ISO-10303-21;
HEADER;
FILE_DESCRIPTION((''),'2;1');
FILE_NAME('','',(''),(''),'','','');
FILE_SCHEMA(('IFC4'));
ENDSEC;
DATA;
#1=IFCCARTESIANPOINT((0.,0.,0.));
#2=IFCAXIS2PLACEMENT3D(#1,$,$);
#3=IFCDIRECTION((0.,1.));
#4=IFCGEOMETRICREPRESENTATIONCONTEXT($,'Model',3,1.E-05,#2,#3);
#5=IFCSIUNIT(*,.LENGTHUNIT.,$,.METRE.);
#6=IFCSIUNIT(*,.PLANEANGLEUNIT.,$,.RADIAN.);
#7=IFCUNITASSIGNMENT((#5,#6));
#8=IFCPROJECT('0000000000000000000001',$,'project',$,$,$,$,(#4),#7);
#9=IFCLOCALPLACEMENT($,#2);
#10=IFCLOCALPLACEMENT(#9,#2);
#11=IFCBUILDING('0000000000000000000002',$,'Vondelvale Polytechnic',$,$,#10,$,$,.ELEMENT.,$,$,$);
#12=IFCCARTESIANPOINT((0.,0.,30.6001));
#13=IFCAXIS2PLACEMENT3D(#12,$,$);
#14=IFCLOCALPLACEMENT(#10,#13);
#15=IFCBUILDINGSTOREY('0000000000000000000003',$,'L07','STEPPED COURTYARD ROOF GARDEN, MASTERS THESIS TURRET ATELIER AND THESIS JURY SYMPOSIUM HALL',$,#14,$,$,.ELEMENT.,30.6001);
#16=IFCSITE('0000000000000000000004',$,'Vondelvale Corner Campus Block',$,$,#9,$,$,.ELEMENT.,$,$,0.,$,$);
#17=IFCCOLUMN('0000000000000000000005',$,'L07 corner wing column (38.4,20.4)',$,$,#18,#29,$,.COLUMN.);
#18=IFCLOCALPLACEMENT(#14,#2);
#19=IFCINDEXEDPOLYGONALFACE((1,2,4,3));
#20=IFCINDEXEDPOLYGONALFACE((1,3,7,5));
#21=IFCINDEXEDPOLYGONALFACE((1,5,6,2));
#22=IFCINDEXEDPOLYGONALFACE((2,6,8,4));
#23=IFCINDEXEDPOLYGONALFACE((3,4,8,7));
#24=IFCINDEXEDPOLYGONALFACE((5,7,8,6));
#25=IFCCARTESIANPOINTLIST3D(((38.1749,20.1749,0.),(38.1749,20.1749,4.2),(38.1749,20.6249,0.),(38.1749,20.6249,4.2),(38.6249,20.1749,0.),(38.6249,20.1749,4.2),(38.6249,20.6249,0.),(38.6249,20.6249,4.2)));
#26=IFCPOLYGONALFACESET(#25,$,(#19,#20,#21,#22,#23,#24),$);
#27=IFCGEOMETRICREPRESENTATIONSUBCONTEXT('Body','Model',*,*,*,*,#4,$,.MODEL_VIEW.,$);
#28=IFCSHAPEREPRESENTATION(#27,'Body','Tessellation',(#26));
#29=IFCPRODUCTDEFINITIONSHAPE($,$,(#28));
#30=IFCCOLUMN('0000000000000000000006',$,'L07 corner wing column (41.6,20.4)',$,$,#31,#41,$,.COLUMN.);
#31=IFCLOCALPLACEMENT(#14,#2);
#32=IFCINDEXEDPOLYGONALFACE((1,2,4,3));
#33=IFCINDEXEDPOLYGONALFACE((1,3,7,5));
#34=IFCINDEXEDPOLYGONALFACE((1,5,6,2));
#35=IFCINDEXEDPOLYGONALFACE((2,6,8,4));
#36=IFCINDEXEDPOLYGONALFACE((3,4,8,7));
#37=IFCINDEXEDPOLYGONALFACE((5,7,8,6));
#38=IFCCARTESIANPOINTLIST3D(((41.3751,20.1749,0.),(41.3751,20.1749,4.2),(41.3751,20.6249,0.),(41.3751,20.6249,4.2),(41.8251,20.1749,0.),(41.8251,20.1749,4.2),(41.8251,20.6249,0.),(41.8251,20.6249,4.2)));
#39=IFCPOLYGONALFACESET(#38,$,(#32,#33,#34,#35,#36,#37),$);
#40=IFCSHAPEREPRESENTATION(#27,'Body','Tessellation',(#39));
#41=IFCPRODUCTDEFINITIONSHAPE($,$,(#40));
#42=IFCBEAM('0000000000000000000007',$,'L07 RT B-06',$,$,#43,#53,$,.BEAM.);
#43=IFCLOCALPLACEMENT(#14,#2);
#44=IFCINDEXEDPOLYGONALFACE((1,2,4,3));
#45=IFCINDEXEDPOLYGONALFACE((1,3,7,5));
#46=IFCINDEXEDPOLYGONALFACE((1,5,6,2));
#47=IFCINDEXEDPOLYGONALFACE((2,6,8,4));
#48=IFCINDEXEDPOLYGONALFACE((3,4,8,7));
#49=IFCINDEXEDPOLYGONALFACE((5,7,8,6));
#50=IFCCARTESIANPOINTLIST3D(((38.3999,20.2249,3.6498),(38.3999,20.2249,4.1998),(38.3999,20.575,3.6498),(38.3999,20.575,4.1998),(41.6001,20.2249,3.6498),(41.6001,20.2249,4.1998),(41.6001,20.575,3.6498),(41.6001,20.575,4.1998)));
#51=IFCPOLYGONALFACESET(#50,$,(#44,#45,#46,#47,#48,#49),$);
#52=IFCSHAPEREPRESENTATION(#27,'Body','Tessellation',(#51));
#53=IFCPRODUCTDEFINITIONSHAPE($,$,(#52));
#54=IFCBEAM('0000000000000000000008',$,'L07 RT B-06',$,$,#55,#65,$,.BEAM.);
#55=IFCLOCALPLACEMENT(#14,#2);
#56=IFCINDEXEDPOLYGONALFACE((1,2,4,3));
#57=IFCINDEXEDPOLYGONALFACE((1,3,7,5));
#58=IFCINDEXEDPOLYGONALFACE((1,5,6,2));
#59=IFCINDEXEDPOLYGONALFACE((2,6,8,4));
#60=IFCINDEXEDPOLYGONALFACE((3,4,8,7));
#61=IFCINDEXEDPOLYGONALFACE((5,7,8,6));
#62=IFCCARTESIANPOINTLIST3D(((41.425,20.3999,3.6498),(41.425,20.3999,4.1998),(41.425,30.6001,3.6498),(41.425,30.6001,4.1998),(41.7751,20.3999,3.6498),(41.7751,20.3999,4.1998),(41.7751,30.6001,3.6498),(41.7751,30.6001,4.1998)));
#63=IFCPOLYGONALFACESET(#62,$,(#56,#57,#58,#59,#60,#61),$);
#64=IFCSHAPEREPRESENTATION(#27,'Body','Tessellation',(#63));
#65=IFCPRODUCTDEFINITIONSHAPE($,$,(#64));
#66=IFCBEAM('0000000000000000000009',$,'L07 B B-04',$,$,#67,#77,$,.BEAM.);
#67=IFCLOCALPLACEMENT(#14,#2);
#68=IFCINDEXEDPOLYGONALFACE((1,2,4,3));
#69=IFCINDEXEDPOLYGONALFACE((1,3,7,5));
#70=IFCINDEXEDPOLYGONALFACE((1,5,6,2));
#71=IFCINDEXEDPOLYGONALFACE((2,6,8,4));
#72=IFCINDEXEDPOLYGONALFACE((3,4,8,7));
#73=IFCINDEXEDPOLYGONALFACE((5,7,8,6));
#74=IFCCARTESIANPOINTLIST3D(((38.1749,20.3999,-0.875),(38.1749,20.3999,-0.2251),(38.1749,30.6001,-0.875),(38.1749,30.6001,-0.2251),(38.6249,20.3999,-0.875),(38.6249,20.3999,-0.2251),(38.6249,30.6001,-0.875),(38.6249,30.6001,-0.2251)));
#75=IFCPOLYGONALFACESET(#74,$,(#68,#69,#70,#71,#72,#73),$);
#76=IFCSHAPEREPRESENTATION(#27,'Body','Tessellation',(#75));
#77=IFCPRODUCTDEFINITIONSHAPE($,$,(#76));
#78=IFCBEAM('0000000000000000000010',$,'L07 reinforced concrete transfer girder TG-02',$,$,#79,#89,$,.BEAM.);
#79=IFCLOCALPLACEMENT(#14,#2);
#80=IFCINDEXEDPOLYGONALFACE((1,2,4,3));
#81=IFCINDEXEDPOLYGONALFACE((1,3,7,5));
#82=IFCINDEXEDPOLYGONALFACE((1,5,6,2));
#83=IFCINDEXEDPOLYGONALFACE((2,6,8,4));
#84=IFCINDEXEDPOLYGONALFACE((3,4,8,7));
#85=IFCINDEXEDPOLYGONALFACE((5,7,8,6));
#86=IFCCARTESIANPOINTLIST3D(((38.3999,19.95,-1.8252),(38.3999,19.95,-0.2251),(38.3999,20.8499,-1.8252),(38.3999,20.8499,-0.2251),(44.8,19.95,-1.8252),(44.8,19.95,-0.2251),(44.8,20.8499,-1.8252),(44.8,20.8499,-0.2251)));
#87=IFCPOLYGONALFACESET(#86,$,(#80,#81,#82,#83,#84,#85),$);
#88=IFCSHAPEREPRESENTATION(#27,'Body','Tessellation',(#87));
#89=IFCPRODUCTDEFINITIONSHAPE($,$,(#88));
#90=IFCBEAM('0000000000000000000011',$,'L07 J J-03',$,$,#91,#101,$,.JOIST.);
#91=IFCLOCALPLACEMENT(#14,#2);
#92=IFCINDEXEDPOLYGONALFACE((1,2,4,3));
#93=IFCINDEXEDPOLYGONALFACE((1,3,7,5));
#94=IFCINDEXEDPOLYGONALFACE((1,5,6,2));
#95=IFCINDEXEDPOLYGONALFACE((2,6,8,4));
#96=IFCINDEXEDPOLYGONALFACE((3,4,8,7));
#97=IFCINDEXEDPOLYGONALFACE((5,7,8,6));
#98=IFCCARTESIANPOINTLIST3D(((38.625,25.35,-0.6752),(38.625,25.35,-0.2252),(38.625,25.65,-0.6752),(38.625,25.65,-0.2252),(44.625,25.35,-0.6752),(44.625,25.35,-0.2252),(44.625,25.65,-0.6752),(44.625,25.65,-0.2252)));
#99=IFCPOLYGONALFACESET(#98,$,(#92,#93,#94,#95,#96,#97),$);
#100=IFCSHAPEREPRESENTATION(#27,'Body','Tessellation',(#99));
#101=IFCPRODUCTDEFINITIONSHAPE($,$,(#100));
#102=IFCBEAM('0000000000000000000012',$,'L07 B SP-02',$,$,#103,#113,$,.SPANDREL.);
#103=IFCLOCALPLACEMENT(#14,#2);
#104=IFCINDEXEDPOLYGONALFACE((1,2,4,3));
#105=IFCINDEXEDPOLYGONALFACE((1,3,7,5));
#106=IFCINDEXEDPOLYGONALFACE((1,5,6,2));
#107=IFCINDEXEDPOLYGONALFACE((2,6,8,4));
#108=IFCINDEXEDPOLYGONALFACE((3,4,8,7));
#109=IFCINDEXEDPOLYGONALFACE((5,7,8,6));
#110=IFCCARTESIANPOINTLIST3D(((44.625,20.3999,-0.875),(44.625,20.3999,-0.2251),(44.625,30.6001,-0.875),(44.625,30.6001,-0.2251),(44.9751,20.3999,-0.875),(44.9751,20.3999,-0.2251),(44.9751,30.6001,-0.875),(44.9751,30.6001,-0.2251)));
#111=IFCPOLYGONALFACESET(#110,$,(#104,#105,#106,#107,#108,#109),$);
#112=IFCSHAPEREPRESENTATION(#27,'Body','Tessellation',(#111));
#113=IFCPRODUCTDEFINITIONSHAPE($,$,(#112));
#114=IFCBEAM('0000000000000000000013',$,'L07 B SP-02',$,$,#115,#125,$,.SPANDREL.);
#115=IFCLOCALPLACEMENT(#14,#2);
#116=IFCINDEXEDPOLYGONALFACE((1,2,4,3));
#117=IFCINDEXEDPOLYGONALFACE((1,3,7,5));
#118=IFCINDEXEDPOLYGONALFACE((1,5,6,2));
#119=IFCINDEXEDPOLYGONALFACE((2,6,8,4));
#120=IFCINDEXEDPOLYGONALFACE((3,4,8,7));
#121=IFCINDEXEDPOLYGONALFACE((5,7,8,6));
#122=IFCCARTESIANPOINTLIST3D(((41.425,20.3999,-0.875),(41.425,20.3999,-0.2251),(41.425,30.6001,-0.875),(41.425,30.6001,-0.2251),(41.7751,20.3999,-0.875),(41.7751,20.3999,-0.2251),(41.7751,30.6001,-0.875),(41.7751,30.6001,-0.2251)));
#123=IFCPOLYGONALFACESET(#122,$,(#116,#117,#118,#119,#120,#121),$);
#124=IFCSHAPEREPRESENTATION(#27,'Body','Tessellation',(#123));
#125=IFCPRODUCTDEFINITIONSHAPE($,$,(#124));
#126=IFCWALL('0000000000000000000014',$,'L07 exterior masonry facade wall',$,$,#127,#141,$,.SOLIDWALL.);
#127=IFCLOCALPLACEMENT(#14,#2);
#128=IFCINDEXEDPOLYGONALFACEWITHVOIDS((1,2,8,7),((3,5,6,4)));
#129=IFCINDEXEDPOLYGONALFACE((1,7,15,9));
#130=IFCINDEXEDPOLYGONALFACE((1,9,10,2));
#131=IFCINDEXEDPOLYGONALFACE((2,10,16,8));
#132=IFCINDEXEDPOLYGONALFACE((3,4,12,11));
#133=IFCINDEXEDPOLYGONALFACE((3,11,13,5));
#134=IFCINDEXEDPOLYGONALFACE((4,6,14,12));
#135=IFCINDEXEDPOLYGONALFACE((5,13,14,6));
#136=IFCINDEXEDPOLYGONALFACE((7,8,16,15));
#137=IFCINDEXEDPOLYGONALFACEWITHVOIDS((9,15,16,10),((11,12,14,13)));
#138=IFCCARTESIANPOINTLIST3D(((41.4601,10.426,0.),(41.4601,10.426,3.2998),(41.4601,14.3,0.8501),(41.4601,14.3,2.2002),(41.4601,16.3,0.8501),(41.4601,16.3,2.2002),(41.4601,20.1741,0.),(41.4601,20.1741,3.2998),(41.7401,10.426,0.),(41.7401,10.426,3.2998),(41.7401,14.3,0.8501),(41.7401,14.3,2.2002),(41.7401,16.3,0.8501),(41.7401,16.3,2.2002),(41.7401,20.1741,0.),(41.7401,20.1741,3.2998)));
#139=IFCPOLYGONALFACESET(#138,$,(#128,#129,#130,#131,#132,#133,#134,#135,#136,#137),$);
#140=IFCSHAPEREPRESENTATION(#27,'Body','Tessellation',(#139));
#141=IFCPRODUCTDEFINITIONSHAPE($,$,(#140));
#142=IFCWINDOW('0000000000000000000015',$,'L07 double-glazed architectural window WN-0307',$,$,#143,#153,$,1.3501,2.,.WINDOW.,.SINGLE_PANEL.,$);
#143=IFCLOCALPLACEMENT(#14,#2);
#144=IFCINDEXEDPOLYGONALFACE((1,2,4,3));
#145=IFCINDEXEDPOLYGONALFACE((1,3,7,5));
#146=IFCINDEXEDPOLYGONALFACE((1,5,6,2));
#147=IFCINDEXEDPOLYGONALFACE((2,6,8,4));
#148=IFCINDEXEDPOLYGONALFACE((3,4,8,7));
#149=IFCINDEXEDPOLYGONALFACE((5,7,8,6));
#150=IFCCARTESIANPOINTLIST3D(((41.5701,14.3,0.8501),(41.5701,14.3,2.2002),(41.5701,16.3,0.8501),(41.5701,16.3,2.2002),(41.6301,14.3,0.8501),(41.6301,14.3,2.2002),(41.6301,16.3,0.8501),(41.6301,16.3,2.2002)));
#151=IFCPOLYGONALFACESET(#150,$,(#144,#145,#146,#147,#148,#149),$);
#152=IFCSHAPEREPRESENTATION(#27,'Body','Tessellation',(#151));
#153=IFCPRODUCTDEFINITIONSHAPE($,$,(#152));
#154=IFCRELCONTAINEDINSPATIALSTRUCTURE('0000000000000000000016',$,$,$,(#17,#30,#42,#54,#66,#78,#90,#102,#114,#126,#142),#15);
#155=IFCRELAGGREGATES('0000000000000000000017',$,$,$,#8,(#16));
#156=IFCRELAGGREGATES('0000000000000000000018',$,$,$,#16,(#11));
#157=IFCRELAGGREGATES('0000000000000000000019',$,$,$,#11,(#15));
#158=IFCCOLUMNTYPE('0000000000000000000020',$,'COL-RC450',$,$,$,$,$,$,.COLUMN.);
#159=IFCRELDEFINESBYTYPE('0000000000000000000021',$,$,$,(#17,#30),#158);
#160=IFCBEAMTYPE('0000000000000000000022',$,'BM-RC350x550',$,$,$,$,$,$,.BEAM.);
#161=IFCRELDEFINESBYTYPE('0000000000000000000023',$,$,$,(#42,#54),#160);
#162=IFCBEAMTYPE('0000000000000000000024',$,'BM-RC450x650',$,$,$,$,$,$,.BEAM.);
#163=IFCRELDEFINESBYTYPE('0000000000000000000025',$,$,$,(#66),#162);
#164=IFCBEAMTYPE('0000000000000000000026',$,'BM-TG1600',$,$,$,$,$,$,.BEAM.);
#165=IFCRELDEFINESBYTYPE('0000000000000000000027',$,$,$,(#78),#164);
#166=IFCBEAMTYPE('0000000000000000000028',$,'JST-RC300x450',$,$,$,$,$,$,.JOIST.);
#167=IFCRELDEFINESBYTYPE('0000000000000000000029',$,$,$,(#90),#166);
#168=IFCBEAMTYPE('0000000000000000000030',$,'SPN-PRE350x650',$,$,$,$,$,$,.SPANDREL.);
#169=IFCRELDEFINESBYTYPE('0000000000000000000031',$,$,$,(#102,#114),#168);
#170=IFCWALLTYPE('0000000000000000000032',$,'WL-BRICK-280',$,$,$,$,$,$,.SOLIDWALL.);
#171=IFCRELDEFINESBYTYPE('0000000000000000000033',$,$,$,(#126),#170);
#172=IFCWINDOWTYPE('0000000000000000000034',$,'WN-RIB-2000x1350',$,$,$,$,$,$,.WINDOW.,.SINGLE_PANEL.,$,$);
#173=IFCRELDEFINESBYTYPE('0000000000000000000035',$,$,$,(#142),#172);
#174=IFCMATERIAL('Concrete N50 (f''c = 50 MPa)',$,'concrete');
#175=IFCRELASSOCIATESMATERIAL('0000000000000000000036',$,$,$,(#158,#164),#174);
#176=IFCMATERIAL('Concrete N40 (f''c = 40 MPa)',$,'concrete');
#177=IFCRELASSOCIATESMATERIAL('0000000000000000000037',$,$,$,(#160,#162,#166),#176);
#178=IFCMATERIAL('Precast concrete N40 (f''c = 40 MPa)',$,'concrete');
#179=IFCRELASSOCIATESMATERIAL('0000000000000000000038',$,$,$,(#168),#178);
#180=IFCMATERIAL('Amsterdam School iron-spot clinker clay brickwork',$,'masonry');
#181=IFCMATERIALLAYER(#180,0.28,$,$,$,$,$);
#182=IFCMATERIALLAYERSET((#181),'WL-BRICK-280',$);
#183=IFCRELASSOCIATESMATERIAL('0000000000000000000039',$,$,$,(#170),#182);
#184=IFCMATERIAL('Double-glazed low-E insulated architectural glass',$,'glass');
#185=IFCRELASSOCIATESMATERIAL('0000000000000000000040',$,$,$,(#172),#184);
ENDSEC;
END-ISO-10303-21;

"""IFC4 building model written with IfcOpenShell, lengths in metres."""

from ifc_helpers import new_model, si_unit, direction, frame, frame_2d, origin, origin_2d, place, context, subcontext, project, spatial, rectangle, extrude, material, layer, layer_set, material_profile, profile_set, type_object, element, fill, save


model = new_model("IFC4")

# Units and contexts
model_context = context("Model", 3, precision=1e-05, world=origin(), true_north=direction((0.0, 1.0)))
body_context = subcontext(model_context, "Body", "Model", "MODEL_VIEW")
ifc_project = project(units=[si_unit("LENGTHUNIT", "METRE"), si_unit("PLANEANGLEUNIT", "RADIAN")], contexts=[model_context])

# Site, building, storey
site_placement = place(None, origin())
site = spatial("IfcSite", under=ifc_project, at=site_placement, Name="Vondelvale Corner Campus Block", CompositionType="ELEMENT", RefElevation=0.0)
building_placement = place(site_placement, origin())
building = spatial("IfcBuilding", under=site, at=building_placement, Name="Vondelvale Polytechnic", CompositionType="ELEMENT")
storey_placement = place(building_placement, frame((0.0, 0.0, 30.6001)))
storey = spatial("IfcBuildingStorey", under=building, at=storey_placement, Name="L07", Description="STEPPED COURTYARD ROOF GARDEN, MASTERS THESIS TURRET ATELIER AND THESIS JURY SYMPOSIUM HALL", CompositionType="ELEMENT", Elevation=30.6001)

# Columns
ifc_material_1 = material(Name="Concrete N50 (f'c = 50 MPa)", Category="concrete")
ifc_material_profile_1 = material_profile(ifc_material_1, rectangle(XDim=0.45, YDim=0.45, at=origin_2d()), Name="RC-COL-450x450")
ifc_profile_set_1 = profile_set([ifc_material_profile_1], Name="Concrete N50 (f'c = 50 MPa)")
column_type = type_object("IfcColumnType", Name="COL-RC450", PredefinedType="COLUMN", material=ifc_profile_set_1)
for number, where, z_axis, x_axis, name in (
    (1, (38.3999, 20.3999, 0.0), (0.0, 0.0, 1.0), (1.0, 0.0, 0.0), "L07 corner wing column (38.4,20.4)"),
    (2, (41.6001, 20.3999, 0.0), (0.0, 0.0, 1.0), (1.0, 0.0, 0.0), "L07 corner wing column (41.6,20.4)"),
):
    element("IfcColumn", number, at=place(storey_placement, frame(where, z_axis=z_axis, x_axis=x_axis)), inside=storey, type_object=column_type, Name=name, PredefinedType="COLUMN", context=body_context, shape_type="SweptSolid", body=[
        extrude(rectangle(XDim=0.45, YDim=0.45, at=origin_2d()), origin(), (0.0, 0.0, 1.0), 4.2),
    ])

# Beams
ifc_material_2 = material(Name="Concrete N40 (f'c = 40 MPa)", Category="concrete")
ifc_material_profile_2 = material_profile(ifc_material_2, rectangle(XDim=0.3501, YDim=0.55, at=origin_2d()), Name="RC-BM-350x550")
ifc_profile_set_2 = profile_set([ifc_material_profile_2], Name="Concrete N40 (f'c = 40 MPa)")
beam_type_1 = type_object("IfcBeamType", Name="BM-RC350x550", PredefinedType="BEAM", material=ifc_profile_set_2)
beam_1_placement = place(storey_placement, frame((38.3999, 20.3999, 3.9248), z_axis=(1.0, 0.0, 0.0), x_axis=(0.0, 1.0, 0.0)))
element("IfcBeam", 3, at=beam_1_placement, inside=storey, type_object=beam_type_1, Name="L07 RT B-06", PredefinedType="BEAM", context=body_context, shape_type="SweptSolid", body=[
    extrude(rectangle(XDim=0.3501, YDim=0.55, at=origin_2d()), origin(), (0.0, 0.0, 1.0), 3.2002),
])
beam_2_placement = place(storey_placement, frame((41.6001, 20.3999, 3.9248), z_axis=(0.0, 1.0, 0.0), x_axis=(-1.0, 0.0, 0.0)))
element("IfcBeam", 4, at=beam_2_placement, inside=storey, type_object=beam_type_1, Name="L07 RT B-06", PredefinedType="BEAM", context=body_context, shape_type="SweptSolid", body=[
    extrude(rectangle(XDim=0.3501, YDim=0.55, at=origin_2d()), origin(), (0.0, 0.0, 1.0), 10.2002),
])
ifc_material_profile_3 = material_profile(ifc_material_2, rectangle(XDim=0.45, YDim=0.6499, at=origin_2d()), Name="RC-BM-450x650")
ifc_profile_set_3 = profile_set([ifc_material_profile_3], Name="Concrete N40 (f'c = 40 MPa)")
beam_type_2 = type_object("IfcBeamType", Name="BM-RC450x650", PredefinedType="BEAM", material=ifc_profile_set_3)
beam_3_placement = place(storey_placement, frame((38.3999, 20.3999, -0.55), z_axis=(0.0, 1.0, 0.0), x_axis=(-1.0, 0.0, 0.0)))
element("IfcBeam", 5, at=beam_3_placement, inside=storey, type_object=beam_type_2, Name="L07 B B-04", PredefinedType="BEAM", context=body_context, shape_type="SweptSolid", body=[
    extrude(rectangle(XDim=0.45, YDim=0.6499, at=origin_2d()), origin(), (0.0, 0.0, 1.0), 10.2002),
])
ifc_material_profile_4 = material_profile(ifc_material_1, rectangle(XDim=0.8999, YDim=1.6001, at=origin_2d()), Name="RC-TG-900x1600")
ifc_profile_set_4 = profile_set([ifc_material_profile_4], Name="Concrete N50 (f'c = 50 MPa)")
beam_type_3 = type_object("IfcBeamType", Name="BM-TG1600", PredefinedType="BEAM", material=ifc_profile_set_4)
beam_4_placement = place(storey_placement, frame((38.3999, 20.3999, -1.0251), z_axis=(1.0, 0.0, 0.0), x_axis=(0.0, 1.0, 0.0)))
element("IfcBeam", 6, at=beam_4_placement, inside=storey, type_object=beam_type_3, Name="L07 reinforced concrete transfer girder TG-02", PredefinedType="BEAM", context=body_context, shape_type="SweptSolid", body=[
    extrude(rectangle(XDim=0.8999, YDim=1.6001, at=origin_2d()), origin(), (0.0, 0.0, 1.0), 6.4001),
])
ifc_material_profile_5 = material_profile(ifc_material_2, rectangle(XDim=0.3, YDim=0.45, at=origin_2d()), Name="RC-JST-300x450")
ifc_profile_set_5 = profile_set([ifc_material_profile_5], Name="Concrete N40 (f'c = 40 MPa)")
beam_type_4 = type_object("IfcBeamType", Name="JST-RC300x450", PredefinedType="JOIST", material=ifc_profile_set_5)
beam_5_placement = place(storey_placement, frame((38.625, 25.5, -0.4502), z_axis=(1.0, 0.0, 0.0), x_axis=(0.0, 1.0, 0.0)))
element("IfcBeam", 7, at=beam_5_placement, inside=storey, type_object=beam_type_4, Name="L07 J J-03", PredefinedType="JOIST", context=body_context, shape_type="SweptSolid", body=[
    extrude(rectangle(XDim=0.3, YDim=0.45, at=origin_2d()), origin(), (0.0, 0.0, 1.0), 6.0),
])
ifc_material_3 = material(Name="Precast concrete N40 (f'c = 40 MPa)", Category="concrete")
ifc_material_profile_6 = material_profile(ifc_material_3, rectangle(XDim=0.3501, YDim=0.6499, at=origin_2d()), Name="RC-SPN-350x650")
ifc_profile_set_6 = profile_set([ifc_material_profile_6], Name="Precast concrete N40 (f'c = 40 MPa)")
beam_type_5 = type_object("IfcBeamType", Name="SPN-PRE350x650", PredefinedType="SPANDREL", material=ifc_profile_set_6)
for number, where, z_axis, x_axis, name in (
    (8, (44.8, 20.3999, -0.55), (0.0, 1.0, 0.0), (-1.0, 0.0, 0.0), "L07 B SP-02"),
    (9, (41.6001, 20.3999, -0.55), (0.0, 1.0, 0.0), (-1.0, 0.0, 0.0), "L07 B SP-02"),
):
    element("IfcBeam", number, at=place(storey_placement, frame(where, z_axis=z_axis, x_axis=x_axis)), inside=storey, type_object=beam_type_5, Name=name, PredefinedType="SPANDREL", context=body_context, shape_type="SweptSolid", body=[
        extrude(rectangle(XDim=0.3501, YDim=0.6499, at=origin_2d()), origin(), (0.0, 0.0, 1.0), 10.2002),
    ])

# Wall, opening, window
ifc_material_4 = material(Name="Amsterdam School iron-spot clinker clay brickwork", Category="masonry")
ifc_layer_1 = layer(ifc_material_4, 0.28)
ifc_layer_set_1 = layer_set([ifc_layer_1], Name="WL-BRICK-280")
wall_type_1 = type_object("IfcWallType", Name="WL-BRICK-280", PredefinedType="SOLIDWALL", material=ifc_layer_set_1)
wall_1_placement = place(storey_placement, frame((41.6001, 20.1741, 0.0), z_axis=(0.0, 0.0, 1.0), x_axis=(0.0, -1.0, 0.0)))
wall_1 = element("IfcWall", 10, at=wall_1_placement, inside=storey, type_object=wall_type_1, Name="L07 exterior masonry facade wall", PredefinedType="SOLIDWALL", context=body_context, shape_type="SweptSolid", body=[
    extrude(rectangle(XDim=9.748, YDim=0.28, at=frame_2d((4.874, 0.0))), origin(), (0.0, 0.0, 1.0), 3.2998),
])
opening_1_placement = place(wall_1_placement, frame((3.874, 0.0, 0.8501)))
opening_1 = element("IfcOpeningElement", 11, at=opening_1_placement, cuts=wall_1, PredefinedType="OPENING", context=body_context, shape_type="SweptSolid", body=[
    extrude(rectangle(XDim=2.0, YDim=1.3501, at=frame_2d((1.0, 0.675))), frame((0.0, 0.1499, 0.0), z_axis=(0.0, -1.0, 0.0), x_axis=(1.0, 0.0, 0.0)), (0.0, 0.0, 1.0), 0.3),
])
ifc_material_5 = material(Name="Double-glazed low-E insulated architectural glass", Category="glass")
window_type_1 = type_object("IfcWindowType", Name="WN-RIB-2000x1350", PartitioningType="SINGLE_PANEL", PredefinedType="WINDOW", material=ifc_material_5)
window_1_placement = place(opening_1_placement, origin())
window_1 = element("IfcWindow", 12, at=window_1_placement, inside=storey, type_object=window_type_1, Name="L07 double-glazed architectural window WN-0307", OverallHeight=1.3501, OverallWidth=2.0, PartitioningType="SINGLE_PANEL", PredefinedType="WINDOW", context=body_context, shape_type="SweptSolid", body=[
    extrude(rectangle(XDim=2.0, YDim=1.3501, at=frame_2d((1.0, 0.675))), frame((0.0, 0.03, 0.0), z_axis=(0.0, -1.0, 0.0), x_axis=(1.0, 0.0, 0.0)), (0.0, 0.0, 1.0), 0.0601),
])
fill(opening_1, window_1)

save(model, "model.ifc")
